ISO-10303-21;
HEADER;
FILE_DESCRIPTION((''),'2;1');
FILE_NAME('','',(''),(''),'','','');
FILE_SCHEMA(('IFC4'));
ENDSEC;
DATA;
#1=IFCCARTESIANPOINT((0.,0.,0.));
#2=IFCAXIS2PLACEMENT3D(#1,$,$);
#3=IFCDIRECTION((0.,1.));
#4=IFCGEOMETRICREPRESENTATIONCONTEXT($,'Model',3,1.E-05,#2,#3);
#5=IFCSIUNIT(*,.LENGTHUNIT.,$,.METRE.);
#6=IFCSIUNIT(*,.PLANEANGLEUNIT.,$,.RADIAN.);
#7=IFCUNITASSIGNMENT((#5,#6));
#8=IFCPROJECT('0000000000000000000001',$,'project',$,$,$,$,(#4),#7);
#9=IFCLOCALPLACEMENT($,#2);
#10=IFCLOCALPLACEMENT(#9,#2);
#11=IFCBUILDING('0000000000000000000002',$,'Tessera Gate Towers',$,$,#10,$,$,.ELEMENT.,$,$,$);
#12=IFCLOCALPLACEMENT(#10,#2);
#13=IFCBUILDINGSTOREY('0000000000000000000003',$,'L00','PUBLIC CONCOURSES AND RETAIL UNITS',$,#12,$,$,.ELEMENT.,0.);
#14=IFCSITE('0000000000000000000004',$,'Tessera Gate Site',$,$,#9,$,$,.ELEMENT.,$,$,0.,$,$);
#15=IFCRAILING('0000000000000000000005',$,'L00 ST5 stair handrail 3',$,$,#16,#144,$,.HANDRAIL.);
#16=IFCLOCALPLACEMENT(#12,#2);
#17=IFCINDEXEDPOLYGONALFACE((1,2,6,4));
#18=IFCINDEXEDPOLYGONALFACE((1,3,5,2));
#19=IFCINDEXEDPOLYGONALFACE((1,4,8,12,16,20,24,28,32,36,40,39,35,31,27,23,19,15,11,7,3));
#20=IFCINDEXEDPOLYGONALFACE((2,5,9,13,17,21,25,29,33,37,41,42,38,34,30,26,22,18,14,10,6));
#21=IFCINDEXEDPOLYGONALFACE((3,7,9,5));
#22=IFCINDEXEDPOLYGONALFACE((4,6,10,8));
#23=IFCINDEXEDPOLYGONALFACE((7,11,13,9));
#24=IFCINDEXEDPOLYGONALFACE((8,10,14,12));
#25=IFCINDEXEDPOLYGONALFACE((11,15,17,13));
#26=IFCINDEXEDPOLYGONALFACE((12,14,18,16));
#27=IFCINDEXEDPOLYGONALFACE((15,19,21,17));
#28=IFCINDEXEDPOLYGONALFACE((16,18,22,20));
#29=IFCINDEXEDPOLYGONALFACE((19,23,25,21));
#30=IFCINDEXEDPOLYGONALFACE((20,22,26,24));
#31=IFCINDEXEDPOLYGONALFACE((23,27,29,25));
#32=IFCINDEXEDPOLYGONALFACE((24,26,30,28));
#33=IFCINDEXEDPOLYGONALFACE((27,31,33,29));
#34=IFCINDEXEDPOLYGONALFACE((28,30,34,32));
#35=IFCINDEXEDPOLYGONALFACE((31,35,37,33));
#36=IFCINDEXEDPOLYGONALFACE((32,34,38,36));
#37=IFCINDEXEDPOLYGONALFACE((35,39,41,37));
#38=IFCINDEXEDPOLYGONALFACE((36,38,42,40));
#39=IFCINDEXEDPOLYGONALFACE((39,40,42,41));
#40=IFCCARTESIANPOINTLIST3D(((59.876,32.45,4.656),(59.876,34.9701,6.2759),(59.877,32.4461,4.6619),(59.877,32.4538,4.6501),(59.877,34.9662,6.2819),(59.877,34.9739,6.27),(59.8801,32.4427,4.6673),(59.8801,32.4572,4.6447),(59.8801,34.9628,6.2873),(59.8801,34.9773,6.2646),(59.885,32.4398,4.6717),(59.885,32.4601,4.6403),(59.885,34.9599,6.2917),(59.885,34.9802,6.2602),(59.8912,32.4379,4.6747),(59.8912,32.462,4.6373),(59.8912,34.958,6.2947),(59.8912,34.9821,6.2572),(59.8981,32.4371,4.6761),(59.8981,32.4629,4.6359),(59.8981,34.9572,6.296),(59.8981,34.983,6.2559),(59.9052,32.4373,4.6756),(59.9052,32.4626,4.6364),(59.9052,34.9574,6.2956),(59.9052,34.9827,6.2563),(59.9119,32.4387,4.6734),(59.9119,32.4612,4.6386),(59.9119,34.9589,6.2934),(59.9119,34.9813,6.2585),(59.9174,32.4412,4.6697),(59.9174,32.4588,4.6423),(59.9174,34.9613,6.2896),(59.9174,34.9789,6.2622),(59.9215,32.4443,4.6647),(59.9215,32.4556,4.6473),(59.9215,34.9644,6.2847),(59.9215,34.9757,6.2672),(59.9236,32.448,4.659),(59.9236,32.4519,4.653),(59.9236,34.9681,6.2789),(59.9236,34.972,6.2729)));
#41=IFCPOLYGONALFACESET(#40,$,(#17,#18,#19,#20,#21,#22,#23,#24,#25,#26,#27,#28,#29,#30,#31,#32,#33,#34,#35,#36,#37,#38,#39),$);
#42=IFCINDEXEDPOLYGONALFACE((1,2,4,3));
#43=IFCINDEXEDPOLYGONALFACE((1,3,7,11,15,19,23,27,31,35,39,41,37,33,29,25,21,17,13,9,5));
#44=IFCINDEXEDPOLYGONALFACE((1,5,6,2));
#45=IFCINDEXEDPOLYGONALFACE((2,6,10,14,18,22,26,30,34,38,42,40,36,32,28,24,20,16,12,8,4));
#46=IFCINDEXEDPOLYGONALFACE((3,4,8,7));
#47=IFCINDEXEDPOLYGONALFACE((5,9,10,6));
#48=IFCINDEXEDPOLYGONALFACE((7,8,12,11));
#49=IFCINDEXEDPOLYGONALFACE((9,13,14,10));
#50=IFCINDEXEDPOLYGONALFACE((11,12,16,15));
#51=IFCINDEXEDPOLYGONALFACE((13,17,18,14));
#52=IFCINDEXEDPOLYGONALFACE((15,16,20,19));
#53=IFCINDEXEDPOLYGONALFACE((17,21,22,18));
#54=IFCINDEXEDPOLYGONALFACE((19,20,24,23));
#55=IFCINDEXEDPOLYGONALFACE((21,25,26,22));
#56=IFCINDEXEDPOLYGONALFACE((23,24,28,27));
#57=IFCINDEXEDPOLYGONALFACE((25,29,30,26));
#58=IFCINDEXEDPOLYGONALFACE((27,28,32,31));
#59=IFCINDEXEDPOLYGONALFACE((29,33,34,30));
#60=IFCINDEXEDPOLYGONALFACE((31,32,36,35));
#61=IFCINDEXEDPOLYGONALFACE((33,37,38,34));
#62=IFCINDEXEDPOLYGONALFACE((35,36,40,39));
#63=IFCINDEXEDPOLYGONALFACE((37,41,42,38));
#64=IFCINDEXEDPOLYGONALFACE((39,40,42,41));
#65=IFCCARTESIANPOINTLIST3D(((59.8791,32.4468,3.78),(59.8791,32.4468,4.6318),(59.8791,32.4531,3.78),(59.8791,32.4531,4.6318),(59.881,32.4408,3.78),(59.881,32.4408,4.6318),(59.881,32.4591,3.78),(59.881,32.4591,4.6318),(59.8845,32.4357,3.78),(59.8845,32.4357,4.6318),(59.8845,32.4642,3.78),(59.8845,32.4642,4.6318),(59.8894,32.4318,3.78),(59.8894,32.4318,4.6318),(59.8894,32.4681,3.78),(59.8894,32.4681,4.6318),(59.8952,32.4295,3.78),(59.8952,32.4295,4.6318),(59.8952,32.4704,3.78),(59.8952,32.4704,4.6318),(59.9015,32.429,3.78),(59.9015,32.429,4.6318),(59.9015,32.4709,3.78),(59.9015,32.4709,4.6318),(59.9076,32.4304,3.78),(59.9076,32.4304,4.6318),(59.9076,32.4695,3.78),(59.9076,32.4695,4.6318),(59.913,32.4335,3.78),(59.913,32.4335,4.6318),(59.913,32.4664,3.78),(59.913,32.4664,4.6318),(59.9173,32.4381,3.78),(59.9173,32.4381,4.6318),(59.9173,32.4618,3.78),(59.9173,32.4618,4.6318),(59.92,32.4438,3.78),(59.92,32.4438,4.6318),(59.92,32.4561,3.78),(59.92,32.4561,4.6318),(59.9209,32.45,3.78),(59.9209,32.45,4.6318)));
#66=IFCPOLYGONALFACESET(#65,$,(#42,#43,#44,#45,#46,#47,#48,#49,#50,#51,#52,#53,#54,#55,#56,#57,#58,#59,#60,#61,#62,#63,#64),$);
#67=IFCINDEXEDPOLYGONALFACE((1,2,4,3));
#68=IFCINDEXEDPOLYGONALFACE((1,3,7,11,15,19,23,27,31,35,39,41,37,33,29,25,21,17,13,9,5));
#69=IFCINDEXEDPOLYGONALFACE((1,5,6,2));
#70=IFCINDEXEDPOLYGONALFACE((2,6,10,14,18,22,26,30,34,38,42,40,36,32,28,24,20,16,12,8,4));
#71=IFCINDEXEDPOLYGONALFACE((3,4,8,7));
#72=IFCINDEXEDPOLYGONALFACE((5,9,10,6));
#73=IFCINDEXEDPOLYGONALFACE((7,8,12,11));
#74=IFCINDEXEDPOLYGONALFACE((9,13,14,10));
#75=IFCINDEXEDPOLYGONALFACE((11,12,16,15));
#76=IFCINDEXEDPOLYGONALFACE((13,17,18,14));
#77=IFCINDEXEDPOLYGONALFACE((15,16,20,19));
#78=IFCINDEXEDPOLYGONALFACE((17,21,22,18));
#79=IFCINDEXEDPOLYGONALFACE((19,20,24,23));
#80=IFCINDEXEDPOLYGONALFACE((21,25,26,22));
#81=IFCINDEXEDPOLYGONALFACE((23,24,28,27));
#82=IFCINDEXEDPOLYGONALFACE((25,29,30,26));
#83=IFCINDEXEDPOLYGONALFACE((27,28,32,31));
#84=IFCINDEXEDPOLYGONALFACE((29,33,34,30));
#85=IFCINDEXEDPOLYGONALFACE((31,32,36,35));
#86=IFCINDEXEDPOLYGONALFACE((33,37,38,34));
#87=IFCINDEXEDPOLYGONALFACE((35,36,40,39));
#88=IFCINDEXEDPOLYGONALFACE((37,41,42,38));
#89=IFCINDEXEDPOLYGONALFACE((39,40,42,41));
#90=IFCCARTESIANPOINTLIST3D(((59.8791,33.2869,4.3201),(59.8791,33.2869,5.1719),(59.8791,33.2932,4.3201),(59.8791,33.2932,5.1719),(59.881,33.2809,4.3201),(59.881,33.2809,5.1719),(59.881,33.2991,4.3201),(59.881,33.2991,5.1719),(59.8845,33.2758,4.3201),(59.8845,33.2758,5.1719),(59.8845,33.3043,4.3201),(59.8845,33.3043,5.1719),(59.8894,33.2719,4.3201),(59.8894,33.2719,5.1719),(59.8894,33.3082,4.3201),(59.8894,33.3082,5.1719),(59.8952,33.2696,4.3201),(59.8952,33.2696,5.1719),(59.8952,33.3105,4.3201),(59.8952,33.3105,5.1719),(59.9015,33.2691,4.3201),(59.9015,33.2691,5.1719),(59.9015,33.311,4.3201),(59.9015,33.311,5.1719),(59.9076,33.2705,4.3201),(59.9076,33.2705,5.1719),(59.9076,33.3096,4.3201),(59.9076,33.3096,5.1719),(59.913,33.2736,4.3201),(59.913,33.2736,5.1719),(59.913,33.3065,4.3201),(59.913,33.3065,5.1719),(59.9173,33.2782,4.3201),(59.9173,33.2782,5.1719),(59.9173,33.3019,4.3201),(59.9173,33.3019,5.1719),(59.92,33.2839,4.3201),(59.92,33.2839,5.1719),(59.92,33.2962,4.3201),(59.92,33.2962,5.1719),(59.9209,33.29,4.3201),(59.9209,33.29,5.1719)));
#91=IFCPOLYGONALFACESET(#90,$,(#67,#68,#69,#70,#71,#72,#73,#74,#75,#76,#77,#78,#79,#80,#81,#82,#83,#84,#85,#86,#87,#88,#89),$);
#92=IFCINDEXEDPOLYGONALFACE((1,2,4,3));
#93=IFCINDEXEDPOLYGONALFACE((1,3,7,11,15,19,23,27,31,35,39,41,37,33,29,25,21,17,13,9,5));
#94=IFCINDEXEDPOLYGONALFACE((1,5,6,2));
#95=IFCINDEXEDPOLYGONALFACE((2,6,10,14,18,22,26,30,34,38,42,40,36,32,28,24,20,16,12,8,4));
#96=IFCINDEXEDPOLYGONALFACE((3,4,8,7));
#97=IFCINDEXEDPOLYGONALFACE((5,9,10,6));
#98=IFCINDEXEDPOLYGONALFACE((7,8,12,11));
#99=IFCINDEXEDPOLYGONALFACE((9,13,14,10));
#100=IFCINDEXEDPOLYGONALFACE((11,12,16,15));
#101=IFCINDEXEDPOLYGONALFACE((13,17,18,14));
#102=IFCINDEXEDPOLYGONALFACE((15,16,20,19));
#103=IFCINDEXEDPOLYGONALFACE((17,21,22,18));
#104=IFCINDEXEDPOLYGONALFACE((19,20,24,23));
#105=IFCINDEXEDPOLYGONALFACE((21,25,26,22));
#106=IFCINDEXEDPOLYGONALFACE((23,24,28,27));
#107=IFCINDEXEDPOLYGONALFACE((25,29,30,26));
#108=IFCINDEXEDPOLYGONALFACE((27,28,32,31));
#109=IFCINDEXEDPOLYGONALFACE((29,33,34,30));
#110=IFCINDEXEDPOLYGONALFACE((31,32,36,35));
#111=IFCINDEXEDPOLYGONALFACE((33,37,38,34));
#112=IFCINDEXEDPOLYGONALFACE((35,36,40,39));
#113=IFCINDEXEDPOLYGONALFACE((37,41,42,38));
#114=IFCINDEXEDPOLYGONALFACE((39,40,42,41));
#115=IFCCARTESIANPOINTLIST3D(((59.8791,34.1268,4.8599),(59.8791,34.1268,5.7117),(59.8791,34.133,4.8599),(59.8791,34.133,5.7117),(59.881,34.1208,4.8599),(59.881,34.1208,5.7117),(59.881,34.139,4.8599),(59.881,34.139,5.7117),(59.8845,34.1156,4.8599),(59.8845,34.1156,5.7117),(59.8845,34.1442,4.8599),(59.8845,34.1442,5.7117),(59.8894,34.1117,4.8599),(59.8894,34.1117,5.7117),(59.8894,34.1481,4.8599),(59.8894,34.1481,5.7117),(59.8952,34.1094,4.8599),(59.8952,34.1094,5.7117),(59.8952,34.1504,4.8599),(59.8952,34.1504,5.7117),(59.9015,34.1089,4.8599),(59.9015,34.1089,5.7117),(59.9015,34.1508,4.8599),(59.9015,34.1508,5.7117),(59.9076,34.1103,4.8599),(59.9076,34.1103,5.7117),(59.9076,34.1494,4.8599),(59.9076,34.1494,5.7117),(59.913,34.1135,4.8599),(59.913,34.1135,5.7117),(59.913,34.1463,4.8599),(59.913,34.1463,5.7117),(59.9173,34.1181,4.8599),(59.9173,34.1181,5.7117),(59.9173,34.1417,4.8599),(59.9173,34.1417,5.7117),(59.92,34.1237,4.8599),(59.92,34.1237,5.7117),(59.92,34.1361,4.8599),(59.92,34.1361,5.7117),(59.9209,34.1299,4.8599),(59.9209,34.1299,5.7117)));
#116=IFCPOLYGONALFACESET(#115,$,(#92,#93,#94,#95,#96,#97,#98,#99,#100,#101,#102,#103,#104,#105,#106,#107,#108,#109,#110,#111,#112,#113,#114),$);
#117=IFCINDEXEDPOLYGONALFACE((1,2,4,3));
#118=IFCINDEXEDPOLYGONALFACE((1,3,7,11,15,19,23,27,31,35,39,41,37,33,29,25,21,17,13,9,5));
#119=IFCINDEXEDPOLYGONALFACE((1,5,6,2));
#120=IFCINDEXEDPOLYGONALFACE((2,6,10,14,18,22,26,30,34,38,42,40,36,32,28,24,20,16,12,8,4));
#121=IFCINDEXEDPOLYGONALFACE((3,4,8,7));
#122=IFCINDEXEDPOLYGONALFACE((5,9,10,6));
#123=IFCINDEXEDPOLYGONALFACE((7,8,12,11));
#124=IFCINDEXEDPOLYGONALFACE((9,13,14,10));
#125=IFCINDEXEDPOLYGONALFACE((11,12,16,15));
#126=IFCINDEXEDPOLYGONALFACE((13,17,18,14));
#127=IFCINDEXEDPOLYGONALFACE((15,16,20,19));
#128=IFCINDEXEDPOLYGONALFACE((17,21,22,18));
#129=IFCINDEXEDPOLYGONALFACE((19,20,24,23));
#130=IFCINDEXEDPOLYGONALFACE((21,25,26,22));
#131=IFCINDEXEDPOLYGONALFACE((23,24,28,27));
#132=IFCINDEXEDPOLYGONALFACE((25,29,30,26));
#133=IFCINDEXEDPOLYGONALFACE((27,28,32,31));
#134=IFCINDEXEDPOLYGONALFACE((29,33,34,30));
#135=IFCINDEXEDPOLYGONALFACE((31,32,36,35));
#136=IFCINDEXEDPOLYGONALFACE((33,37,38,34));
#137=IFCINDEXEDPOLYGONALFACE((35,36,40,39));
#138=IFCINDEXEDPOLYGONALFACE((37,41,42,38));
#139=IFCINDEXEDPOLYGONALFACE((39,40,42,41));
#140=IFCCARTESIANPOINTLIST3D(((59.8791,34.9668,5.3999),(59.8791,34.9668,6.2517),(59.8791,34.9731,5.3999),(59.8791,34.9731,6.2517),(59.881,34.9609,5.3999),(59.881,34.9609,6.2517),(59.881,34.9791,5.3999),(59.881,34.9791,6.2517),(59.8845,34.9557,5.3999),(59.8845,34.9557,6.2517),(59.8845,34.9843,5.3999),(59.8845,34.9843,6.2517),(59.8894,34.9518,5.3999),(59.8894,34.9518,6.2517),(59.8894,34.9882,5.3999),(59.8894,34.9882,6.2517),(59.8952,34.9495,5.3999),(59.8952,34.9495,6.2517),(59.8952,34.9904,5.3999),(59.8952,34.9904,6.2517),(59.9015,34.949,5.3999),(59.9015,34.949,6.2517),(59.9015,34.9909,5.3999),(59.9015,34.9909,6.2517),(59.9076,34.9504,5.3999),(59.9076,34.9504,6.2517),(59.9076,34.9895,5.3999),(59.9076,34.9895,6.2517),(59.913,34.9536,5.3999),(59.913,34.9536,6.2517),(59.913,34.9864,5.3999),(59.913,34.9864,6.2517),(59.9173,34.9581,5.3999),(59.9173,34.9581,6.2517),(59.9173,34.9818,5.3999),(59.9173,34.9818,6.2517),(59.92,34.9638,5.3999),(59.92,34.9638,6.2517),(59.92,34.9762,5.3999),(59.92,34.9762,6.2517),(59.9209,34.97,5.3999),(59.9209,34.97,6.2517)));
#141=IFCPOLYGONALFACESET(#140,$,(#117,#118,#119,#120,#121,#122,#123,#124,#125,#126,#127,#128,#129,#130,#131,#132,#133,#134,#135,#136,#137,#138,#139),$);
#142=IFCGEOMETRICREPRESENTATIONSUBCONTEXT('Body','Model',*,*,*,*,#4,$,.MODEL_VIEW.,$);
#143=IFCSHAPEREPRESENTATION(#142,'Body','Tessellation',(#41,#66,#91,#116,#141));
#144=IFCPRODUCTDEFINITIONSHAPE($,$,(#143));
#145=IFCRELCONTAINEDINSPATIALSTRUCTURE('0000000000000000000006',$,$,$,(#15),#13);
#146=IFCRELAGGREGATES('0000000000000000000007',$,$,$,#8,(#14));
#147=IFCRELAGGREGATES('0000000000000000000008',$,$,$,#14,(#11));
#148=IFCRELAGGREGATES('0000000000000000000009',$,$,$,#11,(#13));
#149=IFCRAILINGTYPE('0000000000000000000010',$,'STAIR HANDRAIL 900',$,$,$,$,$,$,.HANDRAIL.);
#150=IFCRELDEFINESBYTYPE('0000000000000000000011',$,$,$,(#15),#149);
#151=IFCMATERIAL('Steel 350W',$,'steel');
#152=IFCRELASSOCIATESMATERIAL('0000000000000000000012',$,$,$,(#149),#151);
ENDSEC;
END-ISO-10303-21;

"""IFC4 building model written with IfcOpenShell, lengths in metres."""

from ifc_helpers import new_model, si_unit, direction, frame, origin, origin_2d, place, context, subcontext, project, spatial, circle, extrude, material, type_object, element, save


model = new_model("IFC4")

# Units and contexts
model_context = context("Model", 3, precision=1e-05, world=origin(), true_north=direction((0.0, 1.0)))
body_context = subcontext(model_context, "Body", "Model", "MODEL_VIEW")
ifc_project = project(units=[si_unit("LENGTHUNIT", "METRE"), si_unit("PLANEANGLEUNIT", "RADIAN")], contexts=[model_context])

# Site, building, storey
site_placement = place(None, origin())
site = spatial("IfcSite", under=ifc_project, at=site_placement, Name="Tessera Gate Site", CompositionType="ELEMENT", RefElevation=0.0)
building_placement = place(site_placement, origin())
building = spatial("IfcBuilding", under=site, at=building_placement, Name="Tessera Gate Towers", CompositionType="ELEMENT")
storey_placement = place(building_placement, origin())
storey = spatial("IfcBuildingStorey", under=building, at=storey_placement, Name="L00", Description="PUBLIC CONCOURSES AND RETAIL UNITS", CompositionType="ELEMENT", Elevation=0.0)

# Railing
ifc_material_1 = material(Name="Steel 350W", Category="steel")
railing_type_1 = type_object("IfcRailingType", Name="STAIR HANDRAIL 900", PredefinedType="HANDRAIL", material=ifc_material_1)
railing_1_placement = place(storey_placement, frame((59.8999, 32.45, 3.78)))
element("IfcRailing", 1, at=railing_1_placement, inside=storey, type_object=railing_type_1, Name="L00 ST5 stair handrail 3", PredefinedType="HANDRAIL", context=body_context, shape_type="SweptSolid", body=[
    extrude(circle(Radius=0.0239, at=origin_2d()), frame((0.0, 0.0, 0.876), z_axis=(0.0, 0.8412, 0.540725), x_axis=(-1.0, 0.0, 0.0)), (0.0, 0.0, 1.0), 2.9958),
    extrude(circle(Radius=0.021, at=origin_2d()), origin(), (0.0, 0.0, 1.0), 0.8518),
    extrude(circle(Radius=0.021, at=origin_2d()), frame((0.0, 0.8401, 0.54)), (0.0, 0.0, 1.0), 0.8518),
    extrude(circle(Radius=0.021, at=origin_2d()), frame((0.0, 1.6799, 1.0798)), (0.0, 0.0, 1.0), 0.8518),
    extrude(circle(Radius=0.021, at=origin_2d()), frame((0.0, 2.52, 1.6199)), (0.0, 0.0, 1.0), 0.8518),
])

save(model, "model.ifc")
